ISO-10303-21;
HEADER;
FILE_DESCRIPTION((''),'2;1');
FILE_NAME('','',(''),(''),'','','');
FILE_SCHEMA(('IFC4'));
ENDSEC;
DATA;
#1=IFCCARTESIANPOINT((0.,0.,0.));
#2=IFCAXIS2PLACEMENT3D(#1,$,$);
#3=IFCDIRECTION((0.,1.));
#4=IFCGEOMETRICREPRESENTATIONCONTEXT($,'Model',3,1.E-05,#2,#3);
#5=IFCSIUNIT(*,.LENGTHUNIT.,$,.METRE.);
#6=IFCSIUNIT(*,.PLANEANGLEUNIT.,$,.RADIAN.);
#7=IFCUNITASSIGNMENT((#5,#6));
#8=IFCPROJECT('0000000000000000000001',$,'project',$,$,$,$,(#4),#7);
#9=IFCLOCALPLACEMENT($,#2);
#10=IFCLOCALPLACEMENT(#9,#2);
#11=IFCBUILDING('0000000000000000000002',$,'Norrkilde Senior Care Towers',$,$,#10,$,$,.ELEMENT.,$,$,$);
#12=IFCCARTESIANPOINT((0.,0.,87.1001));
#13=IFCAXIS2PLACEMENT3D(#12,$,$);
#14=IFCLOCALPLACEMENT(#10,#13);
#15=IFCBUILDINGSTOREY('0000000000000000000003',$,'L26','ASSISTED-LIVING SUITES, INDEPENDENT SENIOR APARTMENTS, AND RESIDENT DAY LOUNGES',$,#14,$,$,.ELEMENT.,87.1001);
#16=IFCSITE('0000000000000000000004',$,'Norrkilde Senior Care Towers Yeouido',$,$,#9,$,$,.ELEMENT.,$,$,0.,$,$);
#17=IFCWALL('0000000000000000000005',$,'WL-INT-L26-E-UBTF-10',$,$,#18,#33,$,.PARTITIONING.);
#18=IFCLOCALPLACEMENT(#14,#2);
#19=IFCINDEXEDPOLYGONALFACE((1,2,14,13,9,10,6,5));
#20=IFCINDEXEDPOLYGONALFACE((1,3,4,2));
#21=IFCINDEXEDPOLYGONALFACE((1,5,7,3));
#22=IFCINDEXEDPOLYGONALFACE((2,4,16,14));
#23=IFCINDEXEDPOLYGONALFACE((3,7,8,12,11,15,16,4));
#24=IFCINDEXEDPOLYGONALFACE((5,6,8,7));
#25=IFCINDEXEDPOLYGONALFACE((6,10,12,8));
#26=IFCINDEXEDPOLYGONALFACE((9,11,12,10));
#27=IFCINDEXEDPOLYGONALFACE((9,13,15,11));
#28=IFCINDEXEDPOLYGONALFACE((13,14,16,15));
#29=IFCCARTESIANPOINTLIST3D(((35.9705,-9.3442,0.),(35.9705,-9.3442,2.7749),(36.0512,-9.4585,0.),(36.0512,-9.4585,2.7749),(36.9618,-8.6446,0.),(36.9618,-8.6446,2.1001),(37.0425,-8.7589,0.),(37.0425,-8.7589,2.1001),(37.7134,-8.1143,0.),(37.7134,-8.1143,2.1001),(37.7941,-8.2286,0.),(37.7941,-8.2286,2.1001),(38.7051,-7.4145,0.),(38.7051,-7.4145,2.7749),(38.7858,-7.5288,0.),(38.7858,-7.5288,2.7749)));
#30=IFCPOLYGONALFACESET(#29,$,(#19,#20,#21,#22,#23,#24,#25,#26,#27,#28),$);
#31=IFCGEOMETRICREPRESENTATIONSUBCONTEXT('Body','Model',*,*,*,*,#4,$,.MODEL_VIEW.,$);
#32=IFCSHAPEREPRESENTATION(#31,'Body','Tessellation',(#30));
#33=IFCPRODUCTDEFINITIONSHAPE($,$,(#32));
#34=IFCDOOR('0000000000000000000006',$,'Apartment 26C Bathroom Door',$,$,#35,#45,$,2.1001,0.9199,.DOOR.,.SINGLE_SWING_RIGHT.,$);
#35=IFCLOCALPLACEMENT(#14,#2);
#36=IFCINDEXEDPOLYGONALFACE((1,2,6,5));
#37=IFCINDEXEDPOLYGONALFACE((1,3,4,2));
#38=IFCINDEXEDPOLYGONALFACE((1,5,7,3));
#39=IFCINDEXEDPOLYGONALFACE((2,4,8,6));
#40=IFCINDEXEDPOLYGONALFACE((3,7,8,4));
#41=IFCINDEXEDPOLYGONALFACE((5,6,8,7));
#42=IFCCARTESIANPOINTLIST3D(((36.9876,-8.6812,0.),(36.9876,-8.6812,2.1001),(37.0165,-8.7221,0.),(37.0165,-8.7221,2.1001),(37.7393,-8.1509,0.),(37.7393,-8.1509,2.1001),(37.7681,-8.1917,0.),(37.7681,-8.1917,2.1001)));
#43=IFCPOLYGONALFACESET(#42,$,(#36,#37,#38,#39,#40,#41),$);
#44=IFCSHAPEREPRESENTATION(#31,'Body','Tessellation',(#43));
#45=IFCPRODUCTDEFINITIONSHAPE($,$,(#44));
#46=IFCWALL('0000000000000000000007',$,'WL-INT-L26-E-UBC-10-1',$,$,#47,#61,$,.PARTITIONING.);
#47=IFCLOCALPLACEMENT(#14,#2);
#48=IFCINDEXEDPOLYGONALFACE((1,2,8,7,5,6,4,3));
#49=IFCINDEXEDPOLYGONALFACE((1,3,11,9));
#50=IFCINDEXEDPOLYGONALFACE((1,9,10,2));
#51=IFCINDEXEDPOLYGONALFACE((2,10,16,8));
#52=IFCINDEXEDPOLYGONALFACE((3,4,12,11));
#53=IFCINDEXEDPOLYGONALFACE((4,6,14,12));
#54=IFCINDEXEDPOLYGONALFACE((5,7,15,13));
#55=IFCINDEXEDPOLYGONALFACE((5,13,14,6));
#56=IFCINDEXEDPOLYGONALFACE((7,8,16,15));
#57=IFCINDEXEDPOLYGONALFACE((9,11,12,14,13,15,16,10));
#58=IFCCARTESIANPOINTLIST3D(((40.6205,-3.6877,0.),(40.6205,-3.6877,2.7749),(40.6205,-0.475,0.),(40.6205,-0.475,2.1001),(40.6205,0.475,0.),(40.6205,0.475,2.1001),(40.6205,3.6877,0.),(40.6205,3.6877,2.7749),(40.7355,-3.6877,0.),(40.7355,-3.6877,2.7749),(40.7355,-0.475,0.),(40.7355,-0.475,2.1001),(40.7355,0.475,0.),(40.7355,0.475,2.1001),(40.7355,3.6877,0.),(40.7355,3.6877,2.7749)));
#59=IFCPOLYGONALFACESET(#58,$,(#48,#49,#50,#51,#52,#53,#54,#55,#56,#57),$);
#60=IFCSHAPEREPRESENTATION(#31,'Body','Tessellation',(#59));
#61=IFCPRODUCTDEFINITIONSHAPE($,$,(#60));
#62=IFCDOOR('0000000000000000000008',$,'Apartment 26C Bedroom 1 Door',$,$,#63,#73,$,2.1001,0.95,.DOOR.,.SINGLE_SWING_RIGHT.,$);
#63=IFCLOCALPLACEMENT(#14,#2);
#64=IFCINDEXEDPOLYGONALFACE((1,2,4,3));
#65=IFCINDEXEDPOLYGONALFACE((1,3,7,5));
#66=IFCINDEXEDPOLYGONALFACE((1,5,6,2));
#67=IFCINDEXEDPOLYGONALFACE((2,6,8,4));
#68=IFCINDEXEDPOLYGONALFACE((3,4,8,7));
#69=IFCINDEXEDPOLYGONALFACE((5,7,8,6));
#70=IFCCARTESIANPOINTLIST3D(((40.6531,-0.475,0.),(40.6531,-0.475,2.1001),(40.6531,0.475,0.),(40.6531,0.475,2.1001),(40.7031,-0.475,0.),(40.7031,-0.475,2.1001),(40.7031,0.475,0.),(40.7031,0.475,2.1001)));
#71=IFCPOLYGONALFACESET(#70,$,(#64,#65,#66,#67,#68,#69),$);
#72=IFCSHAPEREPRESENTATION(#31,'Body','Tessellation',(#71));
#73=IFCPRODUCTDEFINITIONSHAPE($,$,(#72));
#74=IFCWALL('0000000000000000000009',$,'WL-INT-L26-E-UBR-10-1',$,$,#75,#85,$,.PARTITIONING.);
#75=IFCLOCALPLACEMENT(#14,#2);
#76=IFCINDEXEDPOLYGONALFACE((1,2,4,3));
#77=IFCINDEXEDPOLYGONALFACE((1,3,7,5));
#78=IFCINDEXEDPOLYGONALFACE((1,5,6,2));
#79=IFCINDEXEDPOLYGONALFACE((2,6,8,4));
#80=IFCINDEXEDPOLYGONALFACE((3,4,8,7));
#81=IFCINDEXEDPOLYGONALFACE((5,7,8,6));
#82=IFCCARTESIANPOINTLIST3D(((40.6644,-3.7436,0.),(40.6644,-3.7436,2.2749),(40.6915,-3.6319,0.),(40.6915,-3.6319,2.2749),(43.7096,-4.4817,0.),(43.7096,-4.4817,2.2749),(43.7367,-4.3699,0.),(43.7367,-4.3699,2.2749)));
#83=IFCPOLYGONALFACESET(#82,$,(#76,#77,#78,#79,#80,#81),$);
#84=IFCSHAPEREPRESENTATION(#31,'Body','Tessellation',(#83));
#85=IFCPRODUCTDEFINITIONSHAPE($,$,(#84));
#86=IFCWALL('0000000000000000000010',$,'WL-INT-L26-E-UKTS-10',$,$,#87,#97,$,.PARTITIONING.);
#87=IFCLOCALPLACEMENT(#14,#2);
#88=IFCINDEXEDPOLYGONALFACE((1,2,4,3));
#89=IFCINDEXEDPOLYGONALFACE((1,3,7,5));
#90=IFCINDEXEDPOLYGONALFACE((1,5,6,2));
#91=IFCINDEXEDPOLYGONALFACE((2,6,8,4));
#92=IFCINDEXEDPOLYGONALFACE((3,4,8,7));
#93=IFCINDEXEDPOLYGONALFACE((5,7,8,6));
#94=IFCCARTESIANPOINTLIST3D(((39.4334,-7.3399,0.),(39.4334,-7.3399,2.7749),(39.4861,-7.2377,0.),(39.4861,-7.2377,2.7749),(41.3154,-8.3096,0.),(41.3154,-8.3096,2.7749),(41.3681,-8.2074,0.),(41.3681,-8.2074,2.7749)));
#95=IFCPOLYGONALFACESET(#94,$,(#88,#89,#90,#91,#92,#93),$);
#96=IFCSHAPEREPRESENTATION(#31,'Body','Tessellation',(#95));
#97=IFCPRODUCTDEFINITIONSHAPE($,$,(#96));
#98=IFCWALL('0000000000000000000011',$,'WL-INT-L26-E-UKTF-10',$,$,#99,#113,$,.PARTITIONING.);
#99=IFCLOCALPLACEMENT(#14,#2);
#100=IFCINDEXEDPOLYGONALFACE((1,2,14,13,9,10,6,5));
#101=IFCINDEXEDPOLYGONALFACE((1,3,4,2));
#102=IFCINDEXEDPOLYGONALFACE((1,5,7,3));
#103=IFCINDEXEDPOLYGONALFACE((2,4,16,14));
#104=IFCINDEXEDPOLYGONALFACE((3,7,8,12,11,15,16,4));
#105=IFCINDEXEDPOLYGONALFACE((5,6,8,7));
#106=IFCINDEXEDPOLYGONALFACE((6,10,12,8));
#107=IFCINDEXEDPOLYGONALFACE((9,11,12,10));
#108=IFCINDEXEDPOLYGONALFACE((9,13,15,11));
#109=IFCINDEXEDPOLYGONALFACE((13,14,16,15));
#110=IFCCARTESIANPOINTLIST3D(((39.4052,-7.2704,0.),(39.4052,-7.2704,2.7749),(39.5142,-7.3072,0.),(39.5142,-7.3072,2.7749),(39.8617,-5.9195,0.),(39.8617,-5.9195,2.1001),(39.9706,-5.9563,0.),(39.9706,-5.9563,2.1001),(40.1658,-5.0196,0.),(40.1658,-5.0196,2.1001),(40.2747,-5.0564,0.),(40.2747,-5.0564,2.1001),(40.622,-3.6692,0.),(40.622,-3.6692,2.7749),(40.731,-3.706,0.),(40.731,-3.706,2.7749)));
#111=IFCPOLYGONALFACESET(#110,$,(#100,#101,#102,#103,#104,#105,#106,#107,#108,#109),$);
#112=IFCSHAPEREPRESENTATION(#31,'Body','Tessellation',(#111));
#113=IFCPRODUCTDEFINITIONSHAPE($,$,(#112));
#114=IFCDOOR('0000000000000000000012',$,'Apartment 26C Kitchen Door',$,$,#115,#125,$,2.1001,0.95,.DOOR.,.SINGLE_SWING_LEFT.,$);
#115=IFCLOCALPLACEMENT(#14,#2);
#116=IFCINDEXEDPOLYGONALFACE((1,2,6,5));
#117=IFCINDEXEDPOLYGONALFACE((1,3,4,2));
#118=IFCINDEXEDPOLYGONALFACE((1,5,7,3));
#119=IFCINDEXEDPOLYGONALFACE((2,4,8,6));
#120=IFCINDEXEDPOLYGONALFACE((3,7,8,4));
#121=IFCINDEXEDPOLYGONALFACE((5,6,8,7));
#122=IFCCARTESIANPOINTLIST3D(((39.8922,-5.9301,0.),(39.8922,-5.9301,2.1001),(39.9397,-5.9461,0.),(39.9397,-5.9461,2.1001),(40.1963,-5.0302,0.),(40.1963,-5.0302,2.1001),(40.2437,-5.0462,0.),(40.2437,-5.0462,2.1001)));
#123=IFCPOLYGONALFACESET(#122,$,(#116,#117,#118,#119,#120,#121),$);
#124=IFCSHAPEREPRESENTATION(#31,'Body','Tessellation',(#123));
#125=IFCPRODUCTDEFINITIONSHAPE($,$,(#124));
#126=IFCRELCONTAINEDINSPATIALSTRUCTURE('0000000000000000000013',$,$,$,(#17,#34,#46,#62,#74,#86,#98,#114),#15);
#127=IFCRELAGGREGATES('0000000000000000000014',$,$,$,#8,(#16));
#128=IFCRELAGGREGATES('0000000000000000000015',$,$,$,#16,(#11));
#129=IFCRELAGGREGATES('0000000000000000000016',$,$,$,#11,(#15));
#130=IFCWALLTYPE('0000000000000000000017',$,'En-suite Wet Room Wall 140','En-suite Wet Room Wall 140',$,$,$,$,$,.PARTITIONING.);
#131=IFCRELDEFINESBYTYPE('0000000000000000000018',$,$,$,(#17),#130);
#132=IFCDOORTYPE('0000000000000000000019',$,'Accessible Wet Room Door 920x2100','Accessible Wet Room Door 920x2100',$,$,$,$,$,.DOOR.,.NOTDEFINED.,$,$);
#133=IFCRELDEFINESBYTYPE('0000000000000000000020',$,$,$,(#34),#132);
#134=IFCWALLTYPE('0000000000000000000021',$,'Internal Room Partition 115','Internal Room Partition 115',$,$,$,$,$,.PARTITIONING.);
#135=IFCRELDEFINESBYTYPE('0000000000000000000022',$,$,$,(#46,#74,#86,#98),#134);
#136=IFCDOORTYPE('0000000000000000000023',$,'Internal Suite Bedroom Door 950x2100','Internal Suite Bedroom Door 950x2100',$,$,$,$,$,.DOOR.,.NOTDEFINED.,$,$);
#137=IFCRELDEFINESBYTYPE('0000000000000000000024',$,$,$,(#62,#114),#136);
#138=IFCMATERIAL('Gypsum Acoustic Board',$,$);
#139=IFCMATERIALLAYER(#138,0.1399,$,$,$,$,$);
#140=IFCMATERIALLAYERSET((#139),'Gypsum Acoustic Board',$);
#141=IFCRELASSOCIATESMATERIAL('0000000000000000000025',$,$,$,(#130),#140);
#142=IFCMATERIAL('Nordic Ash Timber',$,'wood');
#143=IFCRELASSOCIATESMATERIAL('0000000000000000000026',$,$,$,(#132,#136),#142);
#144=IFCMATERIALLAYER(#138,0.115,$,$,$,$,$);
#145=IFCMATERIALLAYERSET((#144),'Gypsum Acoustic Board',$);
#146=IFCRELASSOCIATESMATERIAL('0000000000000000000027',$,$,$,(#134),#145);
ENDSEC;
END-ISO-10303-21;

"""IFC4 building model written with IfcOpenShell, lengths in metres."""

from ifc_helpers import new_model, si_unit, direction, frame, frame_2d, origin, place, context, subcontext, project, spatial, rectangle, extrude, source, transform, mapped, material, layer, layer_set, type_object, type_shapes, element, fill, save


model = new_model("IFC4")

# Units and contexts
model_context = context("Model", 3, precision=1e-05, world=origin(), true_north=direction((0.0, 1.0)))
body_context = subcontext(model_context, "Body", "Model", "MODEL_VIEW")
ifc_project = project(units=[si_unit("LENGTHUNIT", "METRE"), si_unit("PLANEANGLEUNIT", "RADIAN")], contexts=[model_context])

# Site, building, storey
site_placement = place(None, origin())
site = spatial("IfcSite", under=ifc_project, at=site_placement, Name="Norrkilde Senior Care Towers Yeouido", CompositionType="ELEMENT", RefElevation=0.0)
building_placement = place(site_placement, origin())
building = spatial("IfcBuilding", under=site, at=building_placement, Name="Norrkilde Senior Care Towers", CompositionType="ELEMENT")
storey_placement = place(building_placement, frame((0.0, 0.0, 87.1001)))
storey = spatial("IfcBuildingStorey", under=building, at=storey_placement, Name="L26", Description="ASSISTED-LIVING SUITES, INDEPENDENT SENIOR APARTMENTS, AND RESIDENT DAY LOUNGES", CompositionType="ELEMENT", Elevation=87.1001)

# Shared definitions
ifc_material_1 = material(Name="Gypsum Acoustic Board")
ifc_layer_1 = layer(ifc_material_1, 0.1399)
ifc_layer_set_1 = layer_set([ifc_layer_1], Name="Gypsum Acoustic Board")
wall_type_1 = type_object("IfcWallType", Name="En-suite Wet Room Wall 140", Description="En-suite Wet Room Wall 140", PredefinedType="PARTITIONING", material=ifc_layer_set_1)

# Walls, openings, doors
shared_shape_1 = source(origin(), body_context, "Body", "SweptSolid", [
    extrude(rectangle(XDim=3.3469, YDim=0.1399, at=frame_2d((1.6733, 0.0))), origin(), (0.0, 0.0, 1.0), 2.7749),
])
wall_1_placement = place(storey_placement, frame((38.7454, -7.4717, 0.0), z_axis=(0.0, 0.0, 1.0), x_axis=(-0.817057, -0.576557, 0.0)))
wall_1 = element("IfcWall", 1, at=wall_1_placement, inside=storey, type_object=wall_type_1, Name="WL-INT-L26-E-UBTF-10", PredefinedType="PARTITIONING", context=body_context, shape_type="MappedRepresentation", body=[
    mapped(shared_shape_1, transform((0.0, 0.0, 0.0), x_axis=(1.0, 0.0, 0.0), y_axis=(0.0, 1.0, 0.0), z_axis=(0.0, 0.0, 1.0), scale=1.0)),
])
opening_1_placement = place(wall_1_placement, frame((1.2136, 0.0, 0.0)))
opening_1 = element("IfcOpeningElement", 2, at=opening_1_placement, cuts=wall_1, PredefinedType="OPENING", context=body_context, shape_type="SweptSolid", body=[
    extrude(rectangle(XDim=0.9199, YDim=2.1001, at=frame_2d((0.46, 1.05))), frame((0.0, 0.0798, 0.0), z_axis=(0.0, -1.0, 0.0), x_axis=(1.0, 0.0, 0.0)), (0.0, 0.0, 1.0), 0.1599),
])
ifc_material_2 = material(Name="Nordic Ash Timber", Category="wood")
door_type_1 = type_object("IfcDoorType", Name="Accessible Wet Room Door 920x2100", Description="Accessible Wet Room Door 920x2100", OperationType="NOTDEFINED", PredefinedType="DOOR", material=ifc_material_2)
shared_shape_2 = source(origin(), body_context, "Body", "SweptSolid", [
    extrude(rectangle(XDim=0.9199, YDim=2.1001, at=frame_2d((0.46, 1.05))), frame((0.0, 0.0249, 0.0), z_axis=(0.0, -1.0, 0.0), x_axis=(1.0, 0.0, 0.0)), (0.0, 0.0, 1.0), 0.05),
])
type_shapes(door_type_1, [shared_shape_2])
door_1_placement = place(opening_1_placement, origin())
door_1 = element("IfcDoor", 3, at=door_1_placement, inside=storey, type_object=door_type_1, Name="Apartment 26C Bathroom Door", OperationType="SINGLE_SWING_RIGHT", OverallHeight=2.1001, OverallWidth=0.9199, PredefinedType="DOOR", context=body_context, shape_type="MappedRepresentation", body=[
    mapped(shared_shape_2, transform((0.0, 0.0, 0.0), x_axis=(1.0, 0.0, 0.0), y_axis=(0.0, 1.0, 0.0), z_axis=(0.0, 0.0, 1.0), scale=1.0)),
])
fill(opening_1, door_1)
ifc_layer_2 = layer(ifc_material_1, 0.115)
ifc_layer_set_2 = layer_set([ifc_layer_2], Name="Gypsum Acoustic Board")
wall_type_2 = type_object("IfcWallType", Name="Internal Room Partition 115", Description="Internal Room Partition 115", PredefinedType="PARTITIONING", material=ifc_layer_set_2)
shared_shape_3 = source(origin(), body_context, "Body", "SweptSolid", [
    extrude(rectangle(XDim=7.3755, YDim=0.115, at=frame_2d((3.6877, 0.0))), origin(), (0.0, 0.0, 1.0), 2.7749),
])
wall_2_placement = place(storey_placement, frame((40.678, -3.6877, 0.0), z_axis=(0.0, 0.0, 1.0), x_axis=(0.0, 1.0, 0.0)))
wall_2 = element("IfcWall", 4, at=wall_2_placement, inside=storey, type_object=wall_type_2, Name="WL-INT-L26-E-UBC-10-1", PredefinedType="PARTITIONING", context=body_context, shape_type="MappedRepresentation", body=[
    mapped(shared_shape_3, transform((0.0, 0.0, 0.0), x_axis=(1.0, 0.0, 0.0), y_axis=(0.0, 1.0, 0.0), z_axis=(0.0, 0.0, 1.0), scale=1.0)),
])
opening_2_placement = place(wall_2_placement, frame((3.2126, 0.0, 0.0)))
opening_2 = element("IfcOpeningElement", 5, at=opening_2_placement, cuts=wall_2, PredefinedType="OPENING", context=body_context, shape_type="SweptSolid", body=[
    extrude(rectangle(XDim=0.95, YDim=2.1001, at=frame_2d((0.4751, 1.05))), frame((0.0, 0.0674, 0.0), z_axis=(0.0, -1.0, 0.0), x_axis=(1.0, 0.0, 0.0)), (0.0, 0.0, 1.0), 0.135),
])
door_type_2 = type_object("IfcDoorType", Name="Internal Suite Bedroom Door 950x2100", Description="Internal Suite Bedroom Door 950x2100", OperationType="NOTDEFINED", PredefinedType="DOOR", material=ifc_material_2)
shared_shape_4 = source(origin(), body_context, "Body", "SweptSolid", [
    extrude(rectangle(XDim=0.95, YDim=2.1001, at=frame_2d((0.4751, 1.05))), frame((0.0, 0.0249, 0.0), z_axis=(0.0, -1.0, 0.0), x_axis=(1.0, 0.0, 0.0)), (0.0, 0.0, 1.0), 0.05),
])
type_shapes(door_type_2, [shared_shape_4])
door_2_placement = place(opening_2_placement, origin())
door_2 = element("IfcDoor", 6, at=door_2_placement, inside=storey, type_object=door_type_2, Name="Apartment 26C Bedroom 1 Door", OperationType="SINGLE_SWING_RIGHT", OverallHeight=2.1001, OverallWidth=0.95, PredefinedType="DOOR", context=body_context, shape_type="MappedRepresentation", body=[
    mapped(shared_shape_4, transform((0.0, 0.0, 0.0), x_axis=(1.0, 0.0, 0.0), y_axis=(0.0, 1.0, 0.0), z_axis=(0.0, 0.0, 1.0), scale=1.0)),
])
fill(opening_2, door_2)

# Walls
shared_shape_5 = source(origin(), body_context, "Body", "SweptSolid", [
    extrude(rectangle(XDim=3.1333, YDim=0.115, at=frame_2d((1.5667, 0.0))), origin(), (0.0, 0.0, 1.0), 2.2749),
])
wall_3_placement = place(storey_placement, frame((40.678, -3.6877, 0.0), z_axis=(0.0, 0.0, 1.0), x_axis=(0.971864, -0.235544, 0.0)))
element("IfcWall", 7, at=wall_3_placement, inside=storey, type_object=wall_type_2, Name="WL-INT-L26-E-UBR-10-1", PredefinedType="PARTITIONING", context=body_context, shape_type="MappedRepresentation", body=[
    mapped(shared_shape_5, transform((0.0, 0.0, 0.0), x_axis=(1.0, 0.0, 0.0), y_axis=(0.0, 1.0, 0.0), z_axis=(0.0, 0.0, 1.0), scale=1.0)),
])
shared_shape_6 = source(origin(), body_context, "Body", "SweptSolid", [
    extrude(rectangle(XDim=2.1172, YDim=0.115, at=frame_2d((1.0586, 0.0))), origin(), (0.0, 0.0, 1.0), 2.7749),
])
wall_4_placement = place(storey_placement, frame((39.4597, -7.2888, 0.0), z_axis=(0.0, 0.0, 1.0), x_axis=(0.888942, -0.45802, 0.0)))
element("IfcWall", 8, at=wall_4_placement, inside=storey, type_object=wall_type_2, Name="WL-INT-L26-E-UKTS-10", PredefinedType="PARTITIONING", context=body_context, shape_type="MappedRepresentation", body=[
    mapped(shared_shape_6, transform((0.0, 0.0, 0.0), x_axis=(1.0, 0.0, 0.0), y_axis=(0.0, 1.0, 0.0), z_axis=(0.0, 0.0, 1.0), scale=1.0)),
])

# Wall, opening, door
shared_shape_7 = source(origin(), body_context, "Body", "SweptSolid", [
    extrude(rectangle(XDim=3.8013, YDim=0.115, at=frame_2d((1.9006, 0.0))), origin(), (0.0, 0.0, 1.0), 2.7749),
])
type_shapes(wall_type_2, [shared_shape_3, shared_shape_5, shared_shape_6, shared_shape_7])
wall_5_placement = place(storey_placement, frame((39.4597, -7.2888, 0.0), z_axis=(0.0, 0.0, 1.0), x_axis=(0.320098, 0.947384, 0.0)))
wall_5 = element("IfcWall", 9, at=wall_5_placement, inside=storey, type_object=wall_type_2, Name="WL-INT-L26-E-UKTF-10", PredefinedType="PARTITIONING", context=body_context, shape_type="MappedRepresentation", body=[
    mapped(shared_shape_7, transform((0.0, 0.0, 0.0), x_axis=(1.0, 0.0, 0.0), y_axis=(0.0, 1.0, 0.0), z_axis=(0.0, 0.0, 1.0), scale=1.0)),
])
opening_3_placement = place(wall_5_placement, frame((1.4258, 0.0, 0.0)))
opening_3 = element("IfcOpeningElement", 10, at=opening_3_placement, cuts=wall_5, PredefinedType="OPENING", context=body_context, shape_type="SweptSolid", body=[
    extrude(rectangle(XDim=0.95, YDim=2.1001, at=frame_2d((0.4751, 1.05))), frame((0.0, 0.0674, 0.0), z_axis=(0.0, -1.0, 0.0), x_axis=(1.0, 0.0, 0.0)), (0.0, 0.0, 1.0), 0.135),
])
door_3_placement = place(opening_3_placement, frame((0.95, 0.0, 0.0), z_axis=(0.0, 0.0, 1.0), x_axis=(-1.0, 0.0, 0.0)))
door_3 = element("IfcDoor", 11, at=door_3_placement, inside=storey, type_object=door_type_2, Name="Apartment 26C Kitchen Door", OperationType="SINGLE_SWING_LEFT", OverallHeight=2.1001, OverallWidth=0.95, PredefinedType="DOOR", context=body_context, shape_type="MappedRepresentation", body=[
    mapped(shared_shape_4, transform((0.0, 0.0, 0.0), x_axis=(1.0, 0.0, 0.0), y_axis=(0.0, 1.0, 0.0), z_axis=(0.0, 0.0, 1.0), scale=1.0)),
])
fill(opening_3, door_3)

save(model, "model.ifc")
